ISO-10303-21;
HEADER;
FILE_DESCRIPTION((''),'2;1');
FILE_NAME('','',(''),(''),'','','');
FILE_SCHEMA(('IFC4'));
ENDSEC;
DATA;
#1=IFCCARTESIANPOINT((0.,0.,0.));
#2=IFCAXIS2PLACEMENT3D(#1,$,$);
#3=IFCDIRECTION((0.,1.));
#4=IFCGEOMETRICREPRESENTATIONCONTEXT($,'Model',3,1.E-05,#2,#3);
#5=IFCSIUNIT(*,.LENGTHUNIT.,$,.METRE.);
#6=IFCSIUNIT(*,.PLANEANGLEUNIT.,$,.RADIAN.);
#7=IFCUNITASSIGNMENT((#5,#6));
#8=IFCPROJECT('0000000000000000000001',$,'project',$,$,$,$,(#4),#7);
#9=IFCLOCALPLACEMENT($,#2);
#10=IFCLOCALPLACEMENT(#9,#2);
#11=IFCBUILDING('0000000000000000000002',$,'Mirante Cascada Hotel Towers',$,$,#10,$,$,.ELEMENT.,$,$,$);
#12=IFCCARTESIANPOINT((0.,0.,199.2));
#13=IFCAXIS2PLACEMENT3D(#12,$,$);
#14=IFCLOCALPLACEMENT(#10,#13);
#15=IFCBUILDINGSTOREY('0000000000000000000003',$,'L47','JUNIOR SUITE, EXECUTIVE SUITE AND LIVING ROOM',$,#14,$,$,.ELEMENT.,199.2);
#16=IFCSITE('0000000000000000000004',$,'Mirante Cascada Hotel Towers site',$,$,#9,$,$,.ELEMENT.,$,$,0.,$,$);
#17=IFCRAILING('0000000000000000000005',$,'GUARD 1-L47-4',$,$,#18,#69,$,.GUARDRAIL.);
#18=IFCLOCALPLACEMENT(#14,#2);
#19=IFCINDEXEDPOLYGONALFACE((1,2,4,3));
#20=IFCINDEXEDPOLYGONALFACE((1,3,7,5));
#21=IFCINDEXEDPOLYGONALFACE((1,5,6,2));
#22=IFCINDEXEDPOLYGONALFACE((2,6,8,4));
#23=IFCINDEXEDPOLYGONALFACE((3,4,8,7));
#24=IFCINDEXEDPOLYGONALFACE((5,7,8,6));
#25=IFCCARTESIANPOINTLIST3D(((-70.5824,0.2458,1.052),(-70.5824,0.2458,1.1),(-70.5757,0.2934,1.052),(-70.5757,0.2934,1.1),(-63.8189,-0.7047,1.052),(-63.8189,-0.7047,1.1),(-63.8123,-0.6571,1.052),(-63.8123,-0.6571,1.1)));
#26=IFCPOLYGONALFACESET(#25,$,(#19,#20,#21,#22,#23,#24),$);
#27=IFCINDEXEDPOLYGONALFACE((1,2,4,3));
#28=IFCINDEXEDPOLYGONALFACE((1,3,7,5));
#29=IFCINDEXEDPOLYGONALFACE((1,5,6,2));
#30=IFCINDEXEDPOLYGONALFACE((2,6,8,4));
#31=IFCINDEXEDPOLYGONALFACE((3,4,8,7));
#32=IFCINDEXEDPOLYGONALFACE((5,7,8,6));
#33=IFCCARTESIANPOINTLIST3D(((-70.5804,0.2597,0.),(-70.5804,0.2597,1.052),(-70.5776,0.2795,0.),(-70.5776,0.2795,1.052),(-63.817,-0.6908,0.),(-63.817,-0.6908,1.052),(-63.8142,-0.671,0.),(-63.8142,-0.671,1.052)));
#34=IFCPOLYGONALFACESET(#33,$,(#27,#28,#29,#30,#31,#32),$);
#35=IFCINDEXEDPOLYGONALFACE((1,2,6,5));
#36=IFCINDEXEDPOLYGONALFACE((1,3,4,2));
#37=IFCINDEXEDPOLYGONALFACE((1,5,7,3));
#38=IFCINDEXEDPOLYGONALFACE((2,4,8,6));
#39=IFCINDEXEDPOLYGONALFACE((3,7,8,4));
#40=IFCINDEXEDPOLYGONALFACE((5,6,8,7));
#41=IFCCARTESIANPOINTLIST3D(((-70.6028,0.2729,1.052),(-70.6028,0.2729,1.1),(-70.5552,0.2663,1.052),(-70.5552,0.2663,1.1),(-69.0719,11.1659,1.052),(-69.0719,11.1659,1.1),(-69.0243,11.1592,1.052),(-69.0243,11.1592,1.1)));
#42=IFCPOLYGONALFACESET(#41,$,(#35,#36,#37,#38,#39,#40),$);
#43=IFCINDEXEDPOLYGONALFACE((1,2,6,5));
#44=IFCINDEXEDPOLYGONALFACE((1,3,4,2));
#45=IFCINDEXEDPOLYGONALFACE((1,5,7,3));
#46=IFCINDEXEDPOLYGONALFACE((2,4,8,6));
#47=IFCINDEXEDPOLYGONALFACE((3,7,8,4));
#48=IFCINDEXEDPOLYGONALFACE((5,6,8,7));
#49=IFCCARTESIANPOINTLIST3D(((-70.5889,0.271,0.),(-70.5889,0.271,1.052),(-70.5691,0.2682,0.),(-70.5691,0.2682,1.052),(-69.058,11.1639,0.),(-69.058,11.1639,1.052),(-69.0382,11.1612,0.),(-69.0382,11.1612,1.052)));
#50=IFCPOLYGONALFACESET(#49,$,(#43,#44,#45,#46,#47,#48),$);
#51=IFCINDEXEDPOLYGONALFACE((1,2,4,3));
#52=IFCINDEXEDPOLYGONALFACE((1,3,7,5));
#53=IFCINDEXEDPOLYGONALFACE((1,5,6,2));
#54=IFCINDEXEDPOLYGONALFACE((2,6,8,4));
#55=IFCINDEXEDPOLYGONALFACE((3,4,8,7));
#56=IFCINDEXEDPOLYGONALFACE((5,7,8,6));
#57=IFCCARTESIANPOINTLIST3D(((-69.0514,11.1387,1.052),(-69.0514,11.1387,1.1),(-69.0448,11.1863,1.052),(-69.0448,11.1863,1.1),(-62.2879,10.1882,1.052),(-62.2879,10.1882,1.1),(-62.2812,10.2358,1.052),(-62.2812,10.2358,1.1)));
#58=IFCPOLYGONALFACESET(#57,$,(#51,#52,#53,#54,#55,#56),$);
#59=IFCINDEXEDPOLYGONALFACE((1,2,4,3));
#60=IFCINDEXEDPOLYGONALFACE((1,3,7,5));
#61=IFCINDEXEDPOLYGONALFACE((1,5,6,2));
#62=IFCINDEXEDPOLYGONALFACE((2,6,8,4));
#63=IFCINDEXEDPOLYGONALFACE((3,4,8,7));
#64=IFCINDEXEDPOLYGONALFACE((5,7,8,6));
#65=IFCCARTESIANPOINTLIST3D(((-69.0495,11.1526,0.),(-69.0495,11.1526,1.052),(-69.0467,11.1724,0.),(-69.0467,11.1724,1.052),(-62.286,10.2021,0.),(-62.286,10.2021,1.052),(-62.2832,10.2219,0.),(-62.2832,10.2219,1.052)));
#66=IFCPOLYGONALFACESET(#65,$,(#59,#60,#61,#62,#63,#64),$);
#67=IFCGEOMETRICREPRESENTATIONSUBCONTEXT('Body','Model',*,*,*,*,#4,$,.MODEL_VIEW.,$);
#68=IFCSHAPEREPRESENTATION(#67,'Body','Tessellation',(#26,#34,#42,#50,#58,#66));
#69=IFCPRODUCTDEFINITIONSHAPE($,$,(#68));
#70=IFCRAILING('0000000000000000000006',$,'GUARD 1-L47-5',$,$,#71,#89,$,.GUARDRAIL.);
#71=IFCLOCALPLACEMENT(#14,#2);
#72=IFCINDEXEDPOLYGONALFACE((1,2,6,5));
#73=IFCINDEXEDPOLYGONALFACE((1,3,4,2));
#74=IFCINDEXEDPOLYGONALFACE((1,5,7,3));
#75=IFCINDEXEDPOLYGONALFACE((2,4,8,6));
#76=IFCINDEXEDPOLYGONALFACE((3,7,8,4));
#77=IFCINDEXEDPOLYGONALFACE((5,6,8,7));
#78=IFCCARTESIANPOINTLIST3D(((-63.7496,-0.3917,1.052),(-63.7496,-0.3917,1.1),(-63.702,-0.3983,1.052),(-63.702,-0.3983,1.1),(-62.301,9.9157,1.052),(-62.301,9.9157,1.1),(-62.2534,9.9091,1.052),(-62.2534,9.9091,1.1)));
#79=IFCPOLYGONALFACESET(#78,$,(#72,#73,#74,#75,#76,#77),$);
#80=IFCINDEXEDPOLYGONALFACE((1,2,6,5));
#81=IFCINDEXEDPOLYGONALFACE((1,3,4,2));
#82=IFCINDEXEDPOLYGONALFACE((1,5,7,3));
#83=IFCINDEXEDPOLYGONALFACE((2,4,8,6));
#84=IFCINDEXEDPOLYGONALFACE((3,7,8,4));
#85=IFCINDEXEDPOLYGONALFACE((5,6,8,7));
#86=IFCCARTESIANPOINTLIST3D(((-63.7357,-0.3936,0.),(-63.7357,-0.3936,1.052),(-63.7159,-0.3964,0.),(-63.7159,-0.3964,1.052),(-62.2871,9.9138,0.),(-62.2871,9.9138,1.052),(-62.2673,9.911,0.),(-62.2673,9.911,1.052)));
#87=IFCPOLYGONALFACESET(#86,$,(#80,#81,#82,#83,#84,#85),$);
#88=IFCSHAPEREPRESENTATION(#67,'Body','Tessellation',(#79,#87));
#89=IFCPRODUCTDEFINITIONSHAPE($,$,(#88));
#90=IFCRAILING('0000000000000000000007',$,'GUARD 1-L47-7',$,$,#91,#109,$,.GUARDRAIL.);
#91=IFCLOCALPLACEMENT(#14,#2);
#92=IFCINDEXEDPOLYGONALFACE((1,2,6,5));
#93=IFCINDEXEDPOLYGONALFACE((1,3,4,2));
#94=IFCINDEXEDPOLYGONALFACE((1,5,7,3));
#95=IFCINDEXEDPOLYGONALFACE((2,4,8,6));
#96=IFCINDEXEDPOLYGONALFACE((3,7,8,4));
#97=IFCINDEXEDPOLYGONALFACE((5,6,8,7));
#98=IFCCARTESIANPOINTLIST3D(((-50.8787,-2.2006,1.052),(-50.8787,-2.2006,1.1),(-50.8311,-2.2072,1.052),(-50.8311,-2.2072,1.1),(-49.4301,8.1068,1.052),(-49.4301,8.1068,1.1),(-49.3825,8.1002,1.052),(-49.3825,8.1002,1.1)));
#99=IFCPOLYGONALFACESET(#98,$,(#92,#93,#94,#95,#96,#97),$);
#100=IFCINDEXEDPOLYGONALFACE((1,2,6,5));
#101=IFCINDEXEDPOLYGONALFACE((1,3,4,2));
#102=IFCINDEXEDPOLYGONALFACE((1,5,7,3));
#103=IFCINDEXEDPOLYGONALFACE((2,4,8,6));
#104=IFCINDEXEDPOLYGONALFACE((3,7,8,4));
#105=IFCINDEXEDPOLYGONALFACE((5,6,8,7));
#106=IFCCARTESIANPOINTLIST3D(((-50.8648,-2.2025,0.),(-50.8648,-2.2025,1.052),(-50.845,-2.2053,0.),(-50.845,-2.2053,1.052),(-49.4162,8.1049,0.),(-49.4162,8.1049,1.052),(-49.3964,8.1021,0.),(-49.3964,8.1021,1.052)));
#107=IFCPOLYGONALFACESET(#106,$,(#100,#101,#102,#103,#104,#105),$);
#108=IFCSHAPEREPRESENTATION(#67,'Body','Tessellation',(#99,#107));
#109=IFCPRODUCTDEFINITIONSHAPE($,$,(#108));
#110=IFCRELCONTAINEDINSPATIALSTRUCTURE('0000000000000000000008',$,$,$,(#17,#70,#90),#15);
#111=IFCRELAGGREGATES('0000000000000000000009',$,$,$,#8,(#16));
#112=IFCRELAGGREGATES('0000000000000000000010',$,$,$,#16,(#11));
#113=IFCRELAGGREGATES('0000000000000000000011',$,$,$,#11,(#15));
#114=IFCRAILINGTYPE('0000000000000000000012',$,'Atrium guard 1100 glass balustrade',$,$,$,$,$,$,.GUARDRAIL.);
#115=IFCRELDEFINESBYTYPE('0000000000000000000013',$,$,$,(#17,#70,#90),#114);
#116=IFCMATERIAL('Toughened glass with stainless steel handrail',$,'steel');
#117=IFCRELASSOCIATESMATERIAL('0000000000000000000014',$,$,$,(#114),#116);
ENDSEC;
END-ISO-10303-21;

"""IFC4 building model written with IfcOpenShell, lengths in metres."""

from ifc_helpers import new_model, si_unit, direction, frame, origin, origin_2d, place, context, subcontext, project, spatial, rectangle, extrude, material, type_object, element, save


model = new_model("IFC4")

# Units and contexts
model_context = context("Model", 3, precision=1e-05, world=origin(), true_north=direction((0.0, 1.0)))
body_context = subcontext(model_context, "Body", "Model", "MODEL_VIEW")
ifc_project = project(units=[si_unit("LENGTHUNIT", "METRE"), si_unit("PLANEANGLEUNIT", "RADIAN")], contexts=[model_context])

# Site, building, storey
site_placement = place(None, origin())
site = spatial("IfcSite", under=ifc_project, at=site_placement, Name="Mirante Cascada Hotel Towers site", CompositionType="ELEMENT", RefElevation=0.0)
building_placement = place(site_placement, origin())
building = spatial("IfcBuilding", under=site, at=building_placement, Name="Mirante Cascada Hotel Towers", CompositionType="ELEMENT")
storey_placement = place(building_placement, frame((0.0, 0.0, 199.2)))
storey = spatial("IfcBuildingStorey", under=building, at=storey_placement, Name="L47", Description="JUNIOR SUITE, EXECUTIVE SUITE AND LIVING ROOM", CompositionType="ELEMENT", Elevation=199.2)

# Railings
ifc_material_1 = material(Name="Toughened glass with stainless steel handrail", Category="steel")
railing_type_1 = type_object("IfcRailingType", Name="Atrium guard 1100 glass balustrade", PredefinedType="GUARDRAIL", material=ifc_material_1)
railing_1_placement = place(storey_placement, frame((-63.8156, -0.6809, 0.0)))
element("IfcRailing", 1, at=railing_1_placement, inside=storey, type_object=railing_type_1, Name="GUARD 1-L47-4", PredefinedType="GUARDRAIL", context=body_context, shape_type="SweptSolid", body=[
    extrude(rectangle(XDim=0.048, YDim=0.048, at=origin_2d()), frame((0.0, 0.0, 1.076), z_axis=(-0.990269, 0.139168, 0.0), x_axis=(-0.139168, -0.990269, 0.0)), (0.0, 0.0, 1.0), 6.8299),
    extrude(rectangle(XDim=0.02, YDim=1.052, at=origin_2d()), frame((0.0, 0.0, 0.526), z_axis=(-0.990269, 0.139168, 0.0), x_axis=(-0.139168, -0.990269, 0.0)), (0.0, 0.0, 1.0), 6.8299),
    extrude(rectangle(XDim=0.048, YDim=0.048, at=origin_2d()), frame((-6.7634, 0.9505, 1.076), z_axis=(0.139173, 0.990268, 0.0), x_axis=(-0.990268, 0.139173, 0.0)), (0.0, 0.0, 1.0), 11.0),
    extrude(rectangle(XDim=0.02, YDim=1.052, at=origin_2d()), frame((-6.7634, 0.9505, 0.526), z_axis=(0.139173, 0.990268, 0.0), x_axis=(-0.990268, 0.139173, 0.0)), (0.0, 0.0, 1.0), 11.0),
    extrude(rectangle(XDim=0.048, YDim=0.048, at=origin_2d()), frame((-5.2325, 11.8434, 1.076), z_axis=(0.990269, -0.139166, 0.0), x_axis=(0.139166, 0.990269, 0.0)), (0.0, 0.0, 1.0), 6.83),
    extrude(rectangle(XDim=0.02, YDim=1.052, at=origin_2d()), frame((-5.2325, 11.8434, 0.526), z_axis=(0.990269, -0.139166, 0.0), x_axis=(0.139166, 0.990269, 0.0)), (0.0, 0.0, 1.0), 6.83),
])
for number, where, name in (
    (2, (-63.7258, -0.395, 0.0), "GUARD 1-L47-5"),
    (3, (-50.8549, -2.2039, 0.0), "GUARD 1-L47-7"),
):
    element("IfcRailing", number, at=place(storey_placement, frame(where)), inside=storey, type_object=railing_type_1, Name=name, PredefinedType="GUARDRAIL", context=body_context, shape_type="SweptSolid", body=[
        extrude(rectangle(XDim=0.048, YDim=0.048, at=origin_2d()), frame((0.0, 0.0, 1.076), z_axis=(0.139172, 0.990268, 0.0), x_axis=(-0.990268, 0.139172, 0.0)), (0.0, 0.0, 1.0), 10.4087),
        extrude(rectangle(XDim=0.02, YDim=1.052, at=origin_2d()), frame((0.0, 0.0, 0.526), z_axis=(0.139172, 0.990268, 0.0), x_axis=(-0.990268, 0.139172, 0.0)), (0.0, 0.0, 1.0), 10.4087),
    ])

save(model, "model.ifc")
